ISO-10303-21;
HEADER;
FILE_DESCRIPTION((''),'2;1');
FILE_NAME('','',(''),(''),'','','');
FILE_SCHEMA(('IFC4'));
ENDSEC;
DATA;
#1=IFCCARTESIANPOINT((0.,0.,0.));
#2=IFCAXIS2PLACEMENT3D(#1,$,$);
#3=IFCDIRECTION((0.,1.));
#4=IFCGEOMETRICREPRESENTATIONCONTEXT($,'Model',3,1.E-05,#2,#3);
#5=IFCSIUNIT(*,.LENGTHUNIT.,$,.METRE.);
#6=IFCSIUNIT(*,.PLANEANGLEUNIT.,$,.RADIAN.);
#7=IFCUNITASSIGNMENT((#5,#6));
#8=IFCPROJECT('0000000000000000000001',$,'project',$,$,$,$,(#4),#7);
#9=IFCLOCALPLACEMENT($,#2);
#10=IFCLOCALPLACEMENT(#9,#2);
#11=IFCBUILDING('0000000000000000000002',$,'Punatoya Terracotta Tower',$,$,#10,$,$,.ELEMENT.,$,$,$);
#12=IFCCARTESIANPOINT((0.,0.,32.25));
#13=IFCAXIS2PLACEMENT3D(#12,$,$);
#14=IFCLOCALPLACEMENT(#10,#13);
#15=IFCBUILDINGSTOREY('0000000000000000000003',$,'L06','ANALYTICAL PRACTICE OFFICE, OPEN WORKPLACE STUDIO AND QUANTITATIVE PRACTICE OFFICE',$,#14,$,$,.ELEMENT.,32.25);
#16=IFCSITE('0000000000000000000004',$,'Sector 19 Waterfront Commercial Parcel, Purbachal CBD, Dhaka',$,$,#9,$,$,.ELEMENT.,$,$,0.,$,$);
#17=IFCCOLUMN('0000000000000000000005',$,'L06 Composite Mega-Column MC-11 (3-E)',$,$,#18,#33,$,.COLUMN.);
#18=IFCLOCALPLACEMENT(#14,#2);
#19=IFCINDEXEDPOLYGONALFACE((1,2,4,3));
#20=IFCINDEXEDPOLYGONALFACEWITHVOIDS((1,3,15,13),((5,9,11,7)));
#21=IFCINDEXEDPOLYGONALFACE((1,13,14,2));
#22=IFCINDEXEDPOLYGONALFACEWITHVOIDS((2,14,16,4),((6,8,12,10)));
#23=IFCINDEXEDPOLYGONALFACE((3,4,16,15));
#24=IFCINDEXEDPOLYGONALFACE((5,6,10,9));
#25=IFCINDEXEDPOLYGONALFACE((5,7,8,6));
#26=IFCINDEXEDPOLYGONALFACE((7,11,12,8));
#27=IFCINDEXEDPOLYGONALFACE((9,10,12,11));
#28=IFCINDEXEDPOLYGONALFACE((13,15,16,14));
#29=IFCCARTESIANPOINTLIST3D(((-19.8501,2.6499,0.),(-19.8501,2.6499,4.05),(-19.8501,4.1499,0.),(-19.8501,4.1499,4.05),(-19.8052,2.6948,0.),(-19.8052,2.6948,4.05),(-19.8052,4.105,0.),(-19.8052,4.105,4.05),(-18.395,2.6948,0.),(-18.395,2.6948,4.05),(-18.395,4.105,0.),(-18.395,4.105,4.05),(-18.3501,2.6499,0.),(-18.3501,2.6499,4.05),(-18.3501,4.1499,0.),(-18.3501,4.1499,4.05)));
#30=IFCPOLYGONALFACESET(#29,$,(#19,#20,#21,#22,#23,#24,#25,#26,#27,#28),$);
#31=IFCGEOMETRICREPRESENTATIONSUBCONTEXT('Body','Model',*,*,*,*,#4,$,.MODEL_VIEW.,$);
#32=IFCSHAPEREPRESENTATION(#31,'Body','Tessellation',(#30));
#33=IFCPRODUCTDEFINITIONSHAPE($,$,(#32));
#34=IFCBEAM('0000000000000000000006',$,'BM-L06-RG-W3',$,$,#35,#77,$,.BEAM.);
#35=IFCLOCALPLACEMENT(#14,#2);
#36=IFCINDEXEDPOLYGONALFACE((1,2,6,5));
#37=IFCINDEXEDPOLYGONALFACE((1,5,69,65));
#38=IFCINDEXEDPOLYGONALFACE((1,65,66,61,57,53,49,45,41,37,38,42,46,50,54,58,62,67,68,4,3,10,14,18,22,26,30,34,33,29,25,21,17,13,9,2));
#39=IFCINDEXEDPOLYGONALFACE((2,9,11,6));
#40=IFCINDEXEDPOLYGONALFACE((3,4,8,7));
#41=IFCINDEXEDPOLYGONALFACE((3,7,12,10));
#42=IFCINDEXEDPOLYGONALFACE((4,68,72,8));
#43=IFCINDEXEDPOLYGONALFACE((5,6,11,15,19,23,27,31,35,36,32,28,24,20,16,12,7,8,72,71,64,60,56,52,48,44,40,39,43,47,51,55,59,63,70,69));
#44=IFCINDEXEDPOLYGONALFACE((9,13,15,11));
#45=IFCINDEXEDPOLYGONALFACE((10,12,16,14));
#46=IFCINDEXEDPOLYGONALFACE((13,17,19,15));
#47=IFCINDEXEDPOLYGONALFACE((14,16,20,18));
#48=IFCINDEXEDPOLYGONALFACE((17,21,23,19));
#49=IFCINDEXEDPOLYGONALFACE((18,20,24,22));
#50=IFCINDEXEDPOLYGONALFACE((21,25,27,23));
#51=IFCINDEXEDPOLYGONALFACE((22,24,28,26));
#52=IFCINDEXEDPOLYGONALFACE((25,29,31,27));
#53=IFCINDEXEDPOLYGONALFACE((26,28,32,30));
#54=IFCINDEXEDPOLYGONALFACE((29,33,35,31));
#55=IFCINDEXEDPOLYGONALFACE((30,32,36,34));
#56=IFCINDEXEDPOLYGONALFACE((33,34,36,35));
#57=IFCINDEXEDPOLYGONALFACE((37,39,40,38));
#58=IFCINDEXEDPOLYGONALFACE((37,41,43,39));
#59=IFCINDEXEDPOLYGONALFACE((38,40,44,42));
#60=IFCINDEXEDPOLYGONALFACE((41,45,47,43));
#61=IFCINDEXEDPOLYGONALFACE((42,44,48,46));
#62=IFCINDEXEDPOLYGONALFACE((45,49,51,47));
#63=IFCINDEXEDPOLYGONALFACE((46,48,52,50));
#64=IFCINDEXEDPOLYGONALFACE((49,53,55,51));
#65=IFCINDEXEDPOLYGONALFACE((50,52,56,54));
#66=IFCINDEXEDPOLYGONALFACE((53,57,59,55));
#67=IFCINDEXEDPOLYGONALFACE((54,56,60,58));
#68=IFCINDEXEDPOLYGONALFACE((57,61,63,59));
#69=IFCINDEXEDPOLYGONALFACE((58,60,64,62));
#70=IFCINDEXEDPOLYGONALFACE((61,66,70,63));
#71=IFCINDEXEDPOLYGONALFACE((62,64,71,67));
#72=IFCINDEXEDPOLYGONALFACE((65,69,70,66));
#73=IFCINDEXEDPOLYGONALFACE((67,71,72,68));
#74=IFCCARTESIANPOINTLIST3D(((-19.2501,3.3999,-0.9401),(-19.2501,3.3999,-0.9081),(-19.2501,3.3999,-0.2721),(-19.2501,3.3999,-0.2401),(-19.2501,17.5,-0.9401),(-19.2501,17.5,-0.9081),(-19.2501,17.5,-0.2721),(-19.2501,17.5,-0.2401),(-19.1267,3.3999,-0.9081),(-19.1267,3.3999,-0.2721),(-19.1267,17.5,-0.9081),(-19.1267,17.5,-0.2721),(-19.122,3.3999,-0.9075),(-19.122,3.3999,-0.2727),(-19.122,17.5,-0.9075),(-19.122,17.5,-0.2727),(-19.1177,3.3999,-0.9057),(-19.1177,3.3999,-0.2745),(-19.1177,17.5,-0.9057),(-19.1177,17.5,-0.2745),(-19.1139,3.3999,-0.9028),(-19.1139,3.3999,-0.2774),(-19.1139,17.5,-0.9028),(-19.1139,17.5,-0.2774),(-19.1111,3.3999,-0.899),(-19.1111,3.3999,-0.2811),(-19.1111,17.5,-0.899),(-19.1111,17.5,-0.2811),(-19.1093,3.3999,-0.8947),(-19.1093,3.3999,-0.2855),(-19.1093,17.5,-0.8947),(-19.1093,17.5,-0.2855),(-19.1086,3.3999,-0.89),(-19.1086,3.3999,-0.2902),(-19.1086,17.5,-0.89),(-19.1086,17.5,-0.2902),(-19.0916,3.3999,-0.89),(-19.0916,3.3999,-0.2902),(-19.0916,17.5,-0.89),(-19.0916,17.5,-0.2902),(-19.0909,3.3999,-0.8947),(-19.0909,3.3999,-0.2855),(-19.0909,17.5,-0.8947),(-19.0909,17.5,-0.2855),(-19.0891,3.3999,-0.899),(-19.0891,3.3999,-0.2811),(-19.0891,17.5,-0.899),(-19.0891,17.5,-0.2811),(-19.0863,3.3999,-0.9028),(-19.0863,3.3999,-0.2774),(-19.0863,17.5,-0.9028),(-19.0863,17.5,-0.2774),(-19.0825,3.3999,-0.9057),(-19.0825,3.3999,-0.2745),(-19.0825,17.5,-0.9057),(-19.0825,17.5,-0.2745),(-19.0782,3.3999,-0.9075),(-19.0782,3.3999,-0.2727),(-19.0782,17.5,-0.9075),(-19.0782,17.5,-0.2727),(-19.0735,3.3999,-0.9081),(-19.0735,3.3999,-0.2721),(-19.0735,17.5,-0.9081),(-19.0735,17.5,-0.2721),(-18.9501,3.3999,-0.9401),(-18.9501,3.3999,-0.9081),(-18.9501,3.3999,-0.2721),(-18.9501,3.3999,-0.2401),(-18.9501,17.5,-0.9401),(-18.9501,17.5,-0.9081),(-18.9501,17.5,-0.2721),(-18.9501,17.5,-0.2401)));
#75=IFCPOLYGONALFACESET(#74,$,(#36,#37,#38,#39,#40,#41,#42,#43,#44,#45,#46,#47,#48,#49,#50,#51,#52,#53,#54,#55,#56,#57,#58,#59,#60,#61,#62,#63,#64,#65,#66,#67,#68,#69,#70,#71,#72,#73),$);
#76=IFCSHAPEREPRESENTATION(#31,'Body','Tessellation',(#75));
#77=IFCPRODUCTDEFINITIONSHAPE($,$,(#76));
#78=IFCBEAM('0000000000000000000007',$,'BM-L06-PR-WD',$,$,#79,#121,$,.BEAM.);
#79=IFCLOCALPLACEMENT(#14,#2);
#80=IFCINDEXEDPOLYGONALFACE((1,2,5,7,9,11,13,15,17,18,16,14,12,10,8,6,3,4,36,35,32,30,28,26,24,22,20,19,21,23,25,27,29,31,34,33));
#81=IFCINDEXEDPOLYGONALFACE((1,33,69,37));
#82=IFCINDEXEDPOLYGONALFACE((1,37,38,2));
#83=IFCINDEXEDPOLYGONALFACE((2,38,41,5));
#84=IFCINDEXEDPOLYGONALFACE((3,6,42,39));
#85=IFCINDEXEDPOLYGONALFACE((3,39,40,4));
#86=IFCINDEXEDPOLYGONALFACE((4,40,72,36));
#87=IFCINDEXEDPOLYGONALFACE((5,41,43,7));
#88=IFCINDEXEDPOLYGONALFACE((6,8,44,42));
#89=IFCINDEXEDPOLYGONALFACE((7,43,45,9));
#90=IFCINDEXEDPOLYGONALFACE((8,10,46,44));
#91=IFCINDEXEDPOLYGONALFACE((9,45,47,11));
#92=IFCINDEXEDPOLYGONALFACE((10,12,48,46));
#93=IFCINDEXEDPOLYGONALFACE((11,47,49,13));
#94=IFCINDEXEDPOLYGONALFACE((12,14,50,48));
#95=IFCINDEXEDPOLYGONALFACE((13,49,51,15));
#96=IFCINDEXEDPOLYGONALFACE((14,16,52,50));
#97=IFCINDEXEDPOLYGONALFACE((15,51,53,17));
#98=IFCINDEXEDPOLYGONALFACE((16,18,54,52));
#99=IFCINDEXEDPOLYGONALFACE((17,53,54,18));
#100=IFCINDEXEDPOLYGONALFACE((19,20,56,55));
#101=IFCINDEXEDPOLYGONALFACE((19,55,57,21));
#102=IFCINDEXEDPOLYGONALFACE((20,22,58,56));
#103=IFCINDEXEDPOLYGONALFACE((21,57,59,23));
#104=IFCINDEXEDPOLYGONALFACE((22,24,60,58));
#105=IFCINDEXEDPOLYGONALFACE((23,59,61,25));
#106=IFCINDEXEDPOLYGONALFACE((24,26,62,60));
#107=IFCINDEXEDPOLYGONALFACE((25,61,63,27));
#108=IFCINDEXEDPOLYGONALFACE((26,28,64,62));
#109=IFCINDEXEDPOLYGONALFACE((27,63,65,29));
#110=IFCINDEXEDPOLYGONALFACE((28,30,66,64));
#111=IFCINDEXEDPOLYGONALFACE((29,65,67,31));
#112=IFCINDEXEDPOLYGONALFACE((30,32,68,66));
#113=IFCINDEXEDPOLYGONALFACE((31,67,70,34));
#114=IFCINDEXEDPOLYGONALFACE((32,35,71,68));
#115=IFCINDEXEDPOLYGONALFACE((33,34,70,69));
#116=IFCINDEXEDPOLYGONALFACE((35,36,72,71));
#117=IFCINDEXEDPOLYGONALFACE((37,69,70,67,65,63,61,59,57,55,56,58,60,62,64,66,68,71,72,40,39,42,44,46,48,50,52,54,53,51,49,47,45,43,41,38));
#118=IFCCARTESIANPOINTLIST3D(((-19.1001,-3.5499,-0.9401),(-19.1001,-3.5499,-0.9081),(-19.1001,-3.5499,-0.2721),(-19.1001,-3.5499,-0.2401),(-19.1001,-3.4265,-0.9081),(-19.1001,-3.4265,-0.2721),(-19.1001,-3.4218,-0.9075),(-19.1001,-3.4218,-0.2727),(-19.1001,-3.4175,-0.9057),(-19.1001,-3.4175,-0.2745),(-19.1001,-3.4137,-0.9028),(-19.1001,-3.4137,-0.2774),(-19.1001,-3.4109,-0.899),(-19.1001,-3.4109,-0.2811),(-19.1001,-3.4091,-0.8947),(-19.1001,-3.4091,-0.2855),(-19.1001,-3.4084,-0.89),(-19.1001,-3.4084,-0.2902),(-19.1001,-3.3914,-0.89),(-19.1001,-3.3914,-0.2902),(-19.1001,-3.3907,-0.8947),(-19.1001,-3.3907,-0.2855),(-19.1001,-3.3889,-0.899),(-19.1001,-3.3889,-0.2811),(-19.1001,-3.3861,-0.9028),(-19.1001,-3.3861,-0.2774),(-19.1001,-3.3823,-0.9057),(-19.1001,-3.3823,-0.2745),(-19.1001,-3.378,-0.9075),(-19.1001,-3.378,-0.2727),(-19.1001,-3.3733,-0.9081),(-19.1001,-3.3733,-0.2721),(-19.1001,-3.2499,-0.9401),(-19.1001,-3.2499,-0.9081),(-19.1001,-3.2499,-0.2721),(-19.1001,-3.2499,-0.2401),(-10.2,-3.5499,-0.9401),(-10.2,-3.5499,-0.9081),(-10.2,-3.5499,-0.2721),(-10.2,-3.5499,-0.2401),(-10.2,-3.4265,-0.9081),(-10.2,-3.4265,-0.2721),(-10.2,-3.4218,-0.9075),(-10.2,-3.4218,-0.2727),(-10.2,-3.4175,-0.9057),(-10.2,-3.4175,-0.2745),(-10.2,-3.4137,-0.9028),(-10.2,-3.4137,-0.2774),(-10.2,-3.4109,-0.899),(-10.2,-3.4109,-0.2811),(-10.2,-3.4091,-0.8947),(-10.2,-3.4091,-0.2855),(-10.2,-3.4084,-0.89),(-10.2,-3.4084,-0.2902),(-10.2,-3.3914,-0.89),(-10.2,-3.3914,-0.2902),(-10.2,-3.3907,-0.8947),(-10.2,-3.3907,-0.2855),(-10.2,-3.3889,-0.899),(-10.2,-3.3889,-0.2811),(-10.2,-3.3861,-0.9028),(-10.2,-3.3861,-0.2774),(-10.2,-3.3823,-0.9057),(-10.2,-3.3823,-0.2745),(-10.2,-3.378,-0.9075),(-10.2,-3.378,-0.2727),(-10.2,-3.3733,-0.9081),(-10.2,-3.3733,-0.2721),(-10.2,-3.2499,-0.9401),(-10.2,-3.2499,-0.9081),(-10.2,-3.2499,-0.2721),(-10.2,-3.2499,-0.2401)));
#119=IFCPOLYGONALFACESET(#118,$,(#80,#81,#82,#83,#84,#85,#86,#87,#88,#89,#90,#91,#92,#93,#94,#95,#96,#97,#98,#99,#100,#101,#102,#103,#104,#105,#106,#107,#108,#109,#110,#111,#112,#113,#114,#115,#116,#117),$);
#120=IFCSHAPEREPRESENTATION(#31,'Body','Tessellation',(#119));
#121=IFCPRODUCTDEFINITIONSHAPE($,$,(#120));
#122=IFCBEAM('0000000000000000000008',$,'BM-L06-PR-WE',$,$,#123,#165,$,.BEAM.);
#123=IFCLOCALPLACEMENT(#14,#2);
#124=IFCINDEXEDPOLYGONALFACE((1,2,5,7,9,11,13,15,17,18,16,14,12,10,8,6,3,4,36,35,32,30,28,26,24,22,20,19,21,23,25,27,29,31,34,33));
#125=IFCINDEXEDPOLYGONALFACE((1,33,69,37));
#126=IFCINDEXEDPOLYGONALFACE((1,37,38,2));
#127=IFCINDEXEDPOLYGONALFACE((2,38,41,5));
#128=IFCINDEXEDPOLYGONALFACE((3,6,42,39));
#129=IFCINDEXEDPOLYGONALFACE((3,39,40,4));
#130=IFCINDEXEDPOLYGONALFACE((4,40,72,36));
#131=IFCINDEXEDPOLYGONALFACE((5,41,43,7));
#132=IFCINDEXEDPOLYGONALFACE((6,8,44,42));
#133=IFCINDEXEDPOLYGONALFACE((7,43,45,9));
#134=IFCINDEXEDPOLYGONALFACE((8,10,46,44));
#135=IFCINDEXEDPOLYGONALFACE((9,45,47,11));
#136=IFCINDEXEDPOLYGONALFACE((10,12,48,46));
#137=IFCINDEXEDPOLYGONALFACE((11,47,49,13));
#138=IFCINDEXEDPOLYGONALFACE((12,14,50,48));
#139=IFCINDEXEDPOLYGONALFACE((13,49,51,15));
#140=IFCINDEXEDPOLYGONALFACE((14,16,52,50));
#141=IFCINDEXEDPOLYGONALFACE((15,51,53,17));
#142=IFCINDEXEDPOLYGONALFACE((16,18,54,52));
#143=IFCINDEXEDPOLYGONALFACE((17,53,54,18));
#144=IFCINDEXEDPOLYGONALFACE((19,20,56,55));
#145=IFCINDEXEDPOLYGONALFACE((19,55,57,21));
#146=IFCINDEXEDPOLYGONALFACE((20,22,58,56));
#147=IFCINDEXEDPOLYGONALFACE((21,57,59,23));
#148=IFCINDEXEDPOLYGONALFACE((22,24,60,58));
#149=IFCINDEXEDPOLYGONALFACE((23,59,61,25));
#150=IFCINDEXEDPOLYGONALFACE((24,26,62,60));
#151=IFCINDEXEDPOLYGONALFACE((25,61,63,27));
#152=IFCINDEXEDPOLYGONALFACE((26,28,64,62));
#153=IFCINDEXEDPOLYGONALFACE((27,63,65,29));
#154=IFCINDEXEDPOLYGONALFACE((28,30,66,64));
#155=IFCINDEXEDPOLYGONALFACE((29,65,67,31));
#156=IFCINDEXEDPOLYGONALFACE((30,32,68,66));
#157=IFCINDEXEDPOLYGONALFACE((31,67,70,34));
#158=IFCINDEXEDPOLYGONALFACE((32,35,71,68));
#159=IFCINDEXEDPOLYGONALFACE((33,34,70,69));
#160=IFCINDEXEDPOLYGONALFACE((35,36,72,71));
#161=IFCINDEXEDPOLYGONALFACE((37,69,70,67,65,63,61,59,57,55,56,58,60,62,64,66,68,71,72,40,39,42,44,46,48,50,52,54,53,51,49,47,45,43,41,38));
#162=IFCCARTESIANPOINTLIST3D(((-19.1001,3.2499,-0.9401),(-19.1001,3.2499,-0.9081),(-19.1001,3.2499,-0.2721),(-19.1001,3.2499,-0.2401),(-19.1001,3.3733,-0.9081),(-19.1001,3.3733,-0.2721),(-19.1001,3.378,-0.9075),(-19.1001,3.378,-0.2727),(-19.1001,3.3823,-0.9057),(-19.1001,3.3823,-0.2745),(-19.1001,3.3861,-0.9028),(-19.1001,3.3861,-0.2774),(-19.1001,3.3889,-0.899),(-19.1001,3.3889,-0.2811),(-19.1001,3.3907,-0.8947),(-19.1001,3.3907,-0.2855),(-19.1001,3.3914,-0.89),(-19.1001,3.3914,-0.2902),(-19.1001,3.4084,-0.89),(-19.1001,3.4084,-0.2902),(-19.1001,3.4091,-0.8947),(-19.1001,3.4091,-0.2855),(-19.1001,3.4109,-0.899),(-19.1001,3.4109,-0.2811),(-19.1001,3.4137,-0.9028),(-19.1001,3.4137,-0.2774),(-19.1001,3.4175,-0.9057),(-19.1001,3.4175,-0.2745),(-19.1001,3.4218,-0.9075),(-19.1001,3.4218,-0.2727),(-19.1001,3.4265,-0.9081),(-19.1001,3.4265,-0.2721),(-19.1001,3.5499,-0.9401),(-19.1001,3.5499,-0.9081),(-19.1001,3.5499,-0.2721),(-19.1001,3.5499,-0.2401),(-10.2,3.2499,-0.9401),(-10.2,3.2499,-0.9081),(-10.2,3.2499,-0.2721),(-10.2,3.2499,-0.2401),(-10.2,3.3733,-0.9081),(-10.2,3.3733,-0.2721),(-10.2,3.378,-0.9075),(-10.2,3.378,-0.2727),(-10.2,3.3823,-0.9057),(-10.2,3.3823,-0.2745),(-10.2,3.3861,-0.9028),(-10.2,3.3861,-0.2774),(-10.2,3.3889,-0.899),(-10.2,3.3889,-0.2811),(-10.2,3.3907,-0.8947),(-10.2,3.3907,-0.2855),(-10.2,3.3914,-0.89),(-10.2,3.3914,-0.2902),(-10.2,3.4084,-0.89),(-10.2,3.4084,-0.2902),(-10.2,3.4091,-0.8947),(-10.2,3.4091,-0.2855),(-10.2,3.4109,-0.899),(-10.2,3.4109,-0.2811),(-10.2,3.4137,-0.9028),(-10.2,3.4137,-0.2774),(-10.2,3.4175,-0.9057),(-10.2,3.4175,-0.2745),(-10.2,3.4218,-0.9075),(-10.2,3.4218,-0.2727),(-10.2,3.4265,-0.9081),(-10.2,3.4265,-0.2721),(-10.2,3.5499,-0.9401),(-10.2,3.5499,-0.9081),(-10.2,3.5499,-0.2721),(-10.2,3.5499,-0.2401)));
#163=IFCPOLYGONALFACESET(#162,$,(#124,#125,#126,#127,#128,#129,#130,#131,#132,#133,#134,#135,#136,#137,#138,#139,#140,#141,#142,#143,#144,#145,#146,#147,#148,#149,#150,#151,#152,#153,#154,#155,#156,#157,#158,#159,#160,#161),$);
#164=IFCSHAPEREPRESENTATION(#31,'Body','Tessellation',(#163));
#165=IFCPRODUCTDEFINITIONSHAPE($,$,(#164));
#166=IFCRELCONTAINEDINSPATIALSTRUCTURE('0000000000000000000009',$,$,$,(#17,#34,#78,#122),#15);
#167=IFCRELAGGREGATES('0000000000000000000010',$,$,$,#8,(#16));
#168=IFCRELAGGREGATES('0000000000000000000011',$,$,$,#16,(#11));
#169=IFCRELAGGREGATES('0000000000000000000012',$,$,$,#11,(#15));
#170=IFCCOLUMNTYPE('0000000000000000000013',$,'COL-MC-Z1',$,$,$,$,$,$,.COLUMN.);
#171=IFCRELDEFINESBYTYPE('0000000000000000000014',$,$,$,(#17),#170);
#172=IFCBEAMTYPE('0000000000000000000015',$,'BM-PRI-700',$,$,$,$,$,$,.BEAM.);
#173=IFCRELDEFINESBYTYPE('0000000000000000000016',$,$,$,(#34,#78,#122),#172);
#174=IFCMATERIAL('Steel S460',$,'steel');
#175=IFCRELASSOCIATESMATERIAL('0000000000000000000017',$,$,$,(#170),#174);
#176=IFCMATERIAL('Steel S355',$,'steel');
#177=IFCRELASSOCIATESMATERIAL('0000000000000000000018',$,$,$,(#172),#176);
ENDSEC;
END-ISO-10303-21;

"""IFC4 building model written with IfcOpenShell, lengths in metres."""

from ifc_helpers import new_model, si_unit, direction, frame, origin, origin_2d, place, context, subcontext, project, spatial, hollow_rectangle, i_section, extrude, material, material_profile, profile_set, type_object, element, save


model = new_model("IFC4")

# Units and contexts
model_context = context("Model", 3, precision=1e-05, world=origin(), true_north=direction((0.0, 1.0)))
body_context = subcontext(model_context, "Body", "Model", "MODEL_VIEW")
ifc_project = project(units=[si_unit("LENGTHUNIT", "METRE"), si_unit("PLANEANGLEUNIT", "RADIAN")], contexts=[model_context])

# Site, building, storey
site_placement = place(None, origin())
site = spatial("IfcSite", under=ifc_project, at=site_placement, Name="Sector 19 Waterfront Commercial Parcel, Purbachal CBD, Dhaka", CompositionType="ELEMENT", RefElevation=0.0)
building_placement = place(site_placement, origin())
building = spatial("IfcBuilding", under=site, at=building_placement, Name="Punatoya Terracotta Tower", CompositionType="ELEMENT")
storey_placement = place(building_placement, frame((0.0, 0.0, 32.25)))
storey = spatial("IfcBuildingStorey", under=building, at=storey_placement, Name="L06", Description="ANALYTICAL PRACTICE OFFICE, OPEN WORKPLACE STUDIO AND QUANTITATIVE PRACTICE OFFICE", CompositionType="ELEMENT", Elevation=32.25)

# Column
ifc_material_1 = material(Name="Steel S460", Category="steel")
ifc_material_profile_1 = material_profile(ifc_material_1, hollow_rectangle(XDim=1.5, YDim=1.5, WallThickness=0.0449, at=origin_2d()))
ifc_profile_set_1 = profile_set([ifc_material_profile_1], Name="Steel S460")
column_type = type_object("IfcColumnType", Name="COL-MC-Z1", PredefinedType="COLUMN", material=ifc_profile_set_1)
column_placement = place(storey_placement, frame((-19.1001, 3.3999, 0.0), z_axis=(0.0, 0.0, 1.0), x_axis=(1.0, 0.0, 0.0)))
element("IfcColumn", 1, at=column_placement, inside=storey, type_object=column_type, Name="L06 Composite Mega-Column MC-11 (3-E)", PredefinedType="COLUMN", context=body_context, shape_type="SweptSolid", body=[
    extrude(hollow_rectangle(XDim=1.5, YDim=1.5, WallThickness=0.0449, at=origin_2d()), origin(), (0.0, 0.0, 1.0), 4.05),
])

# Beams
ifc_material_2 = material(Name="Steel S355", Category="steel")
ifc_material_profile_2 = material_profile(ifc_material_2, i_section(OverallWidth=0.3, OverallDepth=0.7, WebThickness=0.0171, FlangeThickness=0.032, FilletRadius=0.0181, at=origin_2d()))
ifc_profile_set_2 = profile_set([ifc_material_profile_2], Name="Steel S355")
beam_type_1 = type_object("IfcBeamType", Name="BM-PRI-700", PredefinedType="BEAM", material=ifc_profile_set_2)
beam_1_placement = place(storey_placement, frame((-19.1001, 3.3999, -0.5901), z_axis=(0.0, 1.0, 0.0), x_axis=(-1.0, 0.0, 0.0)))
element("IfcBeam", 2, at=beam_1_placement, inside=storey, type_object=beam_type_1, Name="BM-L06-RG-W3", PredefinedType="BEAM", context=body_context, shape_type="SweptSolid", body=[
    extrude(i_section(OverallWidth=0.3, OverallDepth=0.7, WebThickness=0.0171, FlangeThickness=0.032, FilletRadius=0.0181, at=origin_2d()), origin(), (0.0, 0.0, 1.0), 14.1001),
])
for number, where, z_axis, x_axis, name in (
    (3, (-19.1001, -3.3999, -0.5901), (1.0, 0.0, 0.0), (0.0, 1.0, 0.0), "BM-L06-PR-WD"),
    (4, (-19.1001, 3.3999, -0.5901), (1.0, 0.0, 0.0), (0.0, 1.0, 0.0), "BM-L06-PR-WE"),
):
    element("IfcBeam", number, at=place(storey_placement, frame(where, z_axis=z_axis, x_axis=x_axis)), inside=storey, type_object=beam_type_1, Name=name, PredefinedType="BEAM", context=body_context, shape_type="SweptSolid", body=[
        extrude(i_section(OverallWidth=0.3, OverallDepth=0.7, WebThickness=0.0171, FlangeThickness=0.032, FilletRadius=0.0181, at=origin_2d()), origin(), (0.0, 0.0, 1.0), 8.9001),
    ])

save(model, "model.ifc")
